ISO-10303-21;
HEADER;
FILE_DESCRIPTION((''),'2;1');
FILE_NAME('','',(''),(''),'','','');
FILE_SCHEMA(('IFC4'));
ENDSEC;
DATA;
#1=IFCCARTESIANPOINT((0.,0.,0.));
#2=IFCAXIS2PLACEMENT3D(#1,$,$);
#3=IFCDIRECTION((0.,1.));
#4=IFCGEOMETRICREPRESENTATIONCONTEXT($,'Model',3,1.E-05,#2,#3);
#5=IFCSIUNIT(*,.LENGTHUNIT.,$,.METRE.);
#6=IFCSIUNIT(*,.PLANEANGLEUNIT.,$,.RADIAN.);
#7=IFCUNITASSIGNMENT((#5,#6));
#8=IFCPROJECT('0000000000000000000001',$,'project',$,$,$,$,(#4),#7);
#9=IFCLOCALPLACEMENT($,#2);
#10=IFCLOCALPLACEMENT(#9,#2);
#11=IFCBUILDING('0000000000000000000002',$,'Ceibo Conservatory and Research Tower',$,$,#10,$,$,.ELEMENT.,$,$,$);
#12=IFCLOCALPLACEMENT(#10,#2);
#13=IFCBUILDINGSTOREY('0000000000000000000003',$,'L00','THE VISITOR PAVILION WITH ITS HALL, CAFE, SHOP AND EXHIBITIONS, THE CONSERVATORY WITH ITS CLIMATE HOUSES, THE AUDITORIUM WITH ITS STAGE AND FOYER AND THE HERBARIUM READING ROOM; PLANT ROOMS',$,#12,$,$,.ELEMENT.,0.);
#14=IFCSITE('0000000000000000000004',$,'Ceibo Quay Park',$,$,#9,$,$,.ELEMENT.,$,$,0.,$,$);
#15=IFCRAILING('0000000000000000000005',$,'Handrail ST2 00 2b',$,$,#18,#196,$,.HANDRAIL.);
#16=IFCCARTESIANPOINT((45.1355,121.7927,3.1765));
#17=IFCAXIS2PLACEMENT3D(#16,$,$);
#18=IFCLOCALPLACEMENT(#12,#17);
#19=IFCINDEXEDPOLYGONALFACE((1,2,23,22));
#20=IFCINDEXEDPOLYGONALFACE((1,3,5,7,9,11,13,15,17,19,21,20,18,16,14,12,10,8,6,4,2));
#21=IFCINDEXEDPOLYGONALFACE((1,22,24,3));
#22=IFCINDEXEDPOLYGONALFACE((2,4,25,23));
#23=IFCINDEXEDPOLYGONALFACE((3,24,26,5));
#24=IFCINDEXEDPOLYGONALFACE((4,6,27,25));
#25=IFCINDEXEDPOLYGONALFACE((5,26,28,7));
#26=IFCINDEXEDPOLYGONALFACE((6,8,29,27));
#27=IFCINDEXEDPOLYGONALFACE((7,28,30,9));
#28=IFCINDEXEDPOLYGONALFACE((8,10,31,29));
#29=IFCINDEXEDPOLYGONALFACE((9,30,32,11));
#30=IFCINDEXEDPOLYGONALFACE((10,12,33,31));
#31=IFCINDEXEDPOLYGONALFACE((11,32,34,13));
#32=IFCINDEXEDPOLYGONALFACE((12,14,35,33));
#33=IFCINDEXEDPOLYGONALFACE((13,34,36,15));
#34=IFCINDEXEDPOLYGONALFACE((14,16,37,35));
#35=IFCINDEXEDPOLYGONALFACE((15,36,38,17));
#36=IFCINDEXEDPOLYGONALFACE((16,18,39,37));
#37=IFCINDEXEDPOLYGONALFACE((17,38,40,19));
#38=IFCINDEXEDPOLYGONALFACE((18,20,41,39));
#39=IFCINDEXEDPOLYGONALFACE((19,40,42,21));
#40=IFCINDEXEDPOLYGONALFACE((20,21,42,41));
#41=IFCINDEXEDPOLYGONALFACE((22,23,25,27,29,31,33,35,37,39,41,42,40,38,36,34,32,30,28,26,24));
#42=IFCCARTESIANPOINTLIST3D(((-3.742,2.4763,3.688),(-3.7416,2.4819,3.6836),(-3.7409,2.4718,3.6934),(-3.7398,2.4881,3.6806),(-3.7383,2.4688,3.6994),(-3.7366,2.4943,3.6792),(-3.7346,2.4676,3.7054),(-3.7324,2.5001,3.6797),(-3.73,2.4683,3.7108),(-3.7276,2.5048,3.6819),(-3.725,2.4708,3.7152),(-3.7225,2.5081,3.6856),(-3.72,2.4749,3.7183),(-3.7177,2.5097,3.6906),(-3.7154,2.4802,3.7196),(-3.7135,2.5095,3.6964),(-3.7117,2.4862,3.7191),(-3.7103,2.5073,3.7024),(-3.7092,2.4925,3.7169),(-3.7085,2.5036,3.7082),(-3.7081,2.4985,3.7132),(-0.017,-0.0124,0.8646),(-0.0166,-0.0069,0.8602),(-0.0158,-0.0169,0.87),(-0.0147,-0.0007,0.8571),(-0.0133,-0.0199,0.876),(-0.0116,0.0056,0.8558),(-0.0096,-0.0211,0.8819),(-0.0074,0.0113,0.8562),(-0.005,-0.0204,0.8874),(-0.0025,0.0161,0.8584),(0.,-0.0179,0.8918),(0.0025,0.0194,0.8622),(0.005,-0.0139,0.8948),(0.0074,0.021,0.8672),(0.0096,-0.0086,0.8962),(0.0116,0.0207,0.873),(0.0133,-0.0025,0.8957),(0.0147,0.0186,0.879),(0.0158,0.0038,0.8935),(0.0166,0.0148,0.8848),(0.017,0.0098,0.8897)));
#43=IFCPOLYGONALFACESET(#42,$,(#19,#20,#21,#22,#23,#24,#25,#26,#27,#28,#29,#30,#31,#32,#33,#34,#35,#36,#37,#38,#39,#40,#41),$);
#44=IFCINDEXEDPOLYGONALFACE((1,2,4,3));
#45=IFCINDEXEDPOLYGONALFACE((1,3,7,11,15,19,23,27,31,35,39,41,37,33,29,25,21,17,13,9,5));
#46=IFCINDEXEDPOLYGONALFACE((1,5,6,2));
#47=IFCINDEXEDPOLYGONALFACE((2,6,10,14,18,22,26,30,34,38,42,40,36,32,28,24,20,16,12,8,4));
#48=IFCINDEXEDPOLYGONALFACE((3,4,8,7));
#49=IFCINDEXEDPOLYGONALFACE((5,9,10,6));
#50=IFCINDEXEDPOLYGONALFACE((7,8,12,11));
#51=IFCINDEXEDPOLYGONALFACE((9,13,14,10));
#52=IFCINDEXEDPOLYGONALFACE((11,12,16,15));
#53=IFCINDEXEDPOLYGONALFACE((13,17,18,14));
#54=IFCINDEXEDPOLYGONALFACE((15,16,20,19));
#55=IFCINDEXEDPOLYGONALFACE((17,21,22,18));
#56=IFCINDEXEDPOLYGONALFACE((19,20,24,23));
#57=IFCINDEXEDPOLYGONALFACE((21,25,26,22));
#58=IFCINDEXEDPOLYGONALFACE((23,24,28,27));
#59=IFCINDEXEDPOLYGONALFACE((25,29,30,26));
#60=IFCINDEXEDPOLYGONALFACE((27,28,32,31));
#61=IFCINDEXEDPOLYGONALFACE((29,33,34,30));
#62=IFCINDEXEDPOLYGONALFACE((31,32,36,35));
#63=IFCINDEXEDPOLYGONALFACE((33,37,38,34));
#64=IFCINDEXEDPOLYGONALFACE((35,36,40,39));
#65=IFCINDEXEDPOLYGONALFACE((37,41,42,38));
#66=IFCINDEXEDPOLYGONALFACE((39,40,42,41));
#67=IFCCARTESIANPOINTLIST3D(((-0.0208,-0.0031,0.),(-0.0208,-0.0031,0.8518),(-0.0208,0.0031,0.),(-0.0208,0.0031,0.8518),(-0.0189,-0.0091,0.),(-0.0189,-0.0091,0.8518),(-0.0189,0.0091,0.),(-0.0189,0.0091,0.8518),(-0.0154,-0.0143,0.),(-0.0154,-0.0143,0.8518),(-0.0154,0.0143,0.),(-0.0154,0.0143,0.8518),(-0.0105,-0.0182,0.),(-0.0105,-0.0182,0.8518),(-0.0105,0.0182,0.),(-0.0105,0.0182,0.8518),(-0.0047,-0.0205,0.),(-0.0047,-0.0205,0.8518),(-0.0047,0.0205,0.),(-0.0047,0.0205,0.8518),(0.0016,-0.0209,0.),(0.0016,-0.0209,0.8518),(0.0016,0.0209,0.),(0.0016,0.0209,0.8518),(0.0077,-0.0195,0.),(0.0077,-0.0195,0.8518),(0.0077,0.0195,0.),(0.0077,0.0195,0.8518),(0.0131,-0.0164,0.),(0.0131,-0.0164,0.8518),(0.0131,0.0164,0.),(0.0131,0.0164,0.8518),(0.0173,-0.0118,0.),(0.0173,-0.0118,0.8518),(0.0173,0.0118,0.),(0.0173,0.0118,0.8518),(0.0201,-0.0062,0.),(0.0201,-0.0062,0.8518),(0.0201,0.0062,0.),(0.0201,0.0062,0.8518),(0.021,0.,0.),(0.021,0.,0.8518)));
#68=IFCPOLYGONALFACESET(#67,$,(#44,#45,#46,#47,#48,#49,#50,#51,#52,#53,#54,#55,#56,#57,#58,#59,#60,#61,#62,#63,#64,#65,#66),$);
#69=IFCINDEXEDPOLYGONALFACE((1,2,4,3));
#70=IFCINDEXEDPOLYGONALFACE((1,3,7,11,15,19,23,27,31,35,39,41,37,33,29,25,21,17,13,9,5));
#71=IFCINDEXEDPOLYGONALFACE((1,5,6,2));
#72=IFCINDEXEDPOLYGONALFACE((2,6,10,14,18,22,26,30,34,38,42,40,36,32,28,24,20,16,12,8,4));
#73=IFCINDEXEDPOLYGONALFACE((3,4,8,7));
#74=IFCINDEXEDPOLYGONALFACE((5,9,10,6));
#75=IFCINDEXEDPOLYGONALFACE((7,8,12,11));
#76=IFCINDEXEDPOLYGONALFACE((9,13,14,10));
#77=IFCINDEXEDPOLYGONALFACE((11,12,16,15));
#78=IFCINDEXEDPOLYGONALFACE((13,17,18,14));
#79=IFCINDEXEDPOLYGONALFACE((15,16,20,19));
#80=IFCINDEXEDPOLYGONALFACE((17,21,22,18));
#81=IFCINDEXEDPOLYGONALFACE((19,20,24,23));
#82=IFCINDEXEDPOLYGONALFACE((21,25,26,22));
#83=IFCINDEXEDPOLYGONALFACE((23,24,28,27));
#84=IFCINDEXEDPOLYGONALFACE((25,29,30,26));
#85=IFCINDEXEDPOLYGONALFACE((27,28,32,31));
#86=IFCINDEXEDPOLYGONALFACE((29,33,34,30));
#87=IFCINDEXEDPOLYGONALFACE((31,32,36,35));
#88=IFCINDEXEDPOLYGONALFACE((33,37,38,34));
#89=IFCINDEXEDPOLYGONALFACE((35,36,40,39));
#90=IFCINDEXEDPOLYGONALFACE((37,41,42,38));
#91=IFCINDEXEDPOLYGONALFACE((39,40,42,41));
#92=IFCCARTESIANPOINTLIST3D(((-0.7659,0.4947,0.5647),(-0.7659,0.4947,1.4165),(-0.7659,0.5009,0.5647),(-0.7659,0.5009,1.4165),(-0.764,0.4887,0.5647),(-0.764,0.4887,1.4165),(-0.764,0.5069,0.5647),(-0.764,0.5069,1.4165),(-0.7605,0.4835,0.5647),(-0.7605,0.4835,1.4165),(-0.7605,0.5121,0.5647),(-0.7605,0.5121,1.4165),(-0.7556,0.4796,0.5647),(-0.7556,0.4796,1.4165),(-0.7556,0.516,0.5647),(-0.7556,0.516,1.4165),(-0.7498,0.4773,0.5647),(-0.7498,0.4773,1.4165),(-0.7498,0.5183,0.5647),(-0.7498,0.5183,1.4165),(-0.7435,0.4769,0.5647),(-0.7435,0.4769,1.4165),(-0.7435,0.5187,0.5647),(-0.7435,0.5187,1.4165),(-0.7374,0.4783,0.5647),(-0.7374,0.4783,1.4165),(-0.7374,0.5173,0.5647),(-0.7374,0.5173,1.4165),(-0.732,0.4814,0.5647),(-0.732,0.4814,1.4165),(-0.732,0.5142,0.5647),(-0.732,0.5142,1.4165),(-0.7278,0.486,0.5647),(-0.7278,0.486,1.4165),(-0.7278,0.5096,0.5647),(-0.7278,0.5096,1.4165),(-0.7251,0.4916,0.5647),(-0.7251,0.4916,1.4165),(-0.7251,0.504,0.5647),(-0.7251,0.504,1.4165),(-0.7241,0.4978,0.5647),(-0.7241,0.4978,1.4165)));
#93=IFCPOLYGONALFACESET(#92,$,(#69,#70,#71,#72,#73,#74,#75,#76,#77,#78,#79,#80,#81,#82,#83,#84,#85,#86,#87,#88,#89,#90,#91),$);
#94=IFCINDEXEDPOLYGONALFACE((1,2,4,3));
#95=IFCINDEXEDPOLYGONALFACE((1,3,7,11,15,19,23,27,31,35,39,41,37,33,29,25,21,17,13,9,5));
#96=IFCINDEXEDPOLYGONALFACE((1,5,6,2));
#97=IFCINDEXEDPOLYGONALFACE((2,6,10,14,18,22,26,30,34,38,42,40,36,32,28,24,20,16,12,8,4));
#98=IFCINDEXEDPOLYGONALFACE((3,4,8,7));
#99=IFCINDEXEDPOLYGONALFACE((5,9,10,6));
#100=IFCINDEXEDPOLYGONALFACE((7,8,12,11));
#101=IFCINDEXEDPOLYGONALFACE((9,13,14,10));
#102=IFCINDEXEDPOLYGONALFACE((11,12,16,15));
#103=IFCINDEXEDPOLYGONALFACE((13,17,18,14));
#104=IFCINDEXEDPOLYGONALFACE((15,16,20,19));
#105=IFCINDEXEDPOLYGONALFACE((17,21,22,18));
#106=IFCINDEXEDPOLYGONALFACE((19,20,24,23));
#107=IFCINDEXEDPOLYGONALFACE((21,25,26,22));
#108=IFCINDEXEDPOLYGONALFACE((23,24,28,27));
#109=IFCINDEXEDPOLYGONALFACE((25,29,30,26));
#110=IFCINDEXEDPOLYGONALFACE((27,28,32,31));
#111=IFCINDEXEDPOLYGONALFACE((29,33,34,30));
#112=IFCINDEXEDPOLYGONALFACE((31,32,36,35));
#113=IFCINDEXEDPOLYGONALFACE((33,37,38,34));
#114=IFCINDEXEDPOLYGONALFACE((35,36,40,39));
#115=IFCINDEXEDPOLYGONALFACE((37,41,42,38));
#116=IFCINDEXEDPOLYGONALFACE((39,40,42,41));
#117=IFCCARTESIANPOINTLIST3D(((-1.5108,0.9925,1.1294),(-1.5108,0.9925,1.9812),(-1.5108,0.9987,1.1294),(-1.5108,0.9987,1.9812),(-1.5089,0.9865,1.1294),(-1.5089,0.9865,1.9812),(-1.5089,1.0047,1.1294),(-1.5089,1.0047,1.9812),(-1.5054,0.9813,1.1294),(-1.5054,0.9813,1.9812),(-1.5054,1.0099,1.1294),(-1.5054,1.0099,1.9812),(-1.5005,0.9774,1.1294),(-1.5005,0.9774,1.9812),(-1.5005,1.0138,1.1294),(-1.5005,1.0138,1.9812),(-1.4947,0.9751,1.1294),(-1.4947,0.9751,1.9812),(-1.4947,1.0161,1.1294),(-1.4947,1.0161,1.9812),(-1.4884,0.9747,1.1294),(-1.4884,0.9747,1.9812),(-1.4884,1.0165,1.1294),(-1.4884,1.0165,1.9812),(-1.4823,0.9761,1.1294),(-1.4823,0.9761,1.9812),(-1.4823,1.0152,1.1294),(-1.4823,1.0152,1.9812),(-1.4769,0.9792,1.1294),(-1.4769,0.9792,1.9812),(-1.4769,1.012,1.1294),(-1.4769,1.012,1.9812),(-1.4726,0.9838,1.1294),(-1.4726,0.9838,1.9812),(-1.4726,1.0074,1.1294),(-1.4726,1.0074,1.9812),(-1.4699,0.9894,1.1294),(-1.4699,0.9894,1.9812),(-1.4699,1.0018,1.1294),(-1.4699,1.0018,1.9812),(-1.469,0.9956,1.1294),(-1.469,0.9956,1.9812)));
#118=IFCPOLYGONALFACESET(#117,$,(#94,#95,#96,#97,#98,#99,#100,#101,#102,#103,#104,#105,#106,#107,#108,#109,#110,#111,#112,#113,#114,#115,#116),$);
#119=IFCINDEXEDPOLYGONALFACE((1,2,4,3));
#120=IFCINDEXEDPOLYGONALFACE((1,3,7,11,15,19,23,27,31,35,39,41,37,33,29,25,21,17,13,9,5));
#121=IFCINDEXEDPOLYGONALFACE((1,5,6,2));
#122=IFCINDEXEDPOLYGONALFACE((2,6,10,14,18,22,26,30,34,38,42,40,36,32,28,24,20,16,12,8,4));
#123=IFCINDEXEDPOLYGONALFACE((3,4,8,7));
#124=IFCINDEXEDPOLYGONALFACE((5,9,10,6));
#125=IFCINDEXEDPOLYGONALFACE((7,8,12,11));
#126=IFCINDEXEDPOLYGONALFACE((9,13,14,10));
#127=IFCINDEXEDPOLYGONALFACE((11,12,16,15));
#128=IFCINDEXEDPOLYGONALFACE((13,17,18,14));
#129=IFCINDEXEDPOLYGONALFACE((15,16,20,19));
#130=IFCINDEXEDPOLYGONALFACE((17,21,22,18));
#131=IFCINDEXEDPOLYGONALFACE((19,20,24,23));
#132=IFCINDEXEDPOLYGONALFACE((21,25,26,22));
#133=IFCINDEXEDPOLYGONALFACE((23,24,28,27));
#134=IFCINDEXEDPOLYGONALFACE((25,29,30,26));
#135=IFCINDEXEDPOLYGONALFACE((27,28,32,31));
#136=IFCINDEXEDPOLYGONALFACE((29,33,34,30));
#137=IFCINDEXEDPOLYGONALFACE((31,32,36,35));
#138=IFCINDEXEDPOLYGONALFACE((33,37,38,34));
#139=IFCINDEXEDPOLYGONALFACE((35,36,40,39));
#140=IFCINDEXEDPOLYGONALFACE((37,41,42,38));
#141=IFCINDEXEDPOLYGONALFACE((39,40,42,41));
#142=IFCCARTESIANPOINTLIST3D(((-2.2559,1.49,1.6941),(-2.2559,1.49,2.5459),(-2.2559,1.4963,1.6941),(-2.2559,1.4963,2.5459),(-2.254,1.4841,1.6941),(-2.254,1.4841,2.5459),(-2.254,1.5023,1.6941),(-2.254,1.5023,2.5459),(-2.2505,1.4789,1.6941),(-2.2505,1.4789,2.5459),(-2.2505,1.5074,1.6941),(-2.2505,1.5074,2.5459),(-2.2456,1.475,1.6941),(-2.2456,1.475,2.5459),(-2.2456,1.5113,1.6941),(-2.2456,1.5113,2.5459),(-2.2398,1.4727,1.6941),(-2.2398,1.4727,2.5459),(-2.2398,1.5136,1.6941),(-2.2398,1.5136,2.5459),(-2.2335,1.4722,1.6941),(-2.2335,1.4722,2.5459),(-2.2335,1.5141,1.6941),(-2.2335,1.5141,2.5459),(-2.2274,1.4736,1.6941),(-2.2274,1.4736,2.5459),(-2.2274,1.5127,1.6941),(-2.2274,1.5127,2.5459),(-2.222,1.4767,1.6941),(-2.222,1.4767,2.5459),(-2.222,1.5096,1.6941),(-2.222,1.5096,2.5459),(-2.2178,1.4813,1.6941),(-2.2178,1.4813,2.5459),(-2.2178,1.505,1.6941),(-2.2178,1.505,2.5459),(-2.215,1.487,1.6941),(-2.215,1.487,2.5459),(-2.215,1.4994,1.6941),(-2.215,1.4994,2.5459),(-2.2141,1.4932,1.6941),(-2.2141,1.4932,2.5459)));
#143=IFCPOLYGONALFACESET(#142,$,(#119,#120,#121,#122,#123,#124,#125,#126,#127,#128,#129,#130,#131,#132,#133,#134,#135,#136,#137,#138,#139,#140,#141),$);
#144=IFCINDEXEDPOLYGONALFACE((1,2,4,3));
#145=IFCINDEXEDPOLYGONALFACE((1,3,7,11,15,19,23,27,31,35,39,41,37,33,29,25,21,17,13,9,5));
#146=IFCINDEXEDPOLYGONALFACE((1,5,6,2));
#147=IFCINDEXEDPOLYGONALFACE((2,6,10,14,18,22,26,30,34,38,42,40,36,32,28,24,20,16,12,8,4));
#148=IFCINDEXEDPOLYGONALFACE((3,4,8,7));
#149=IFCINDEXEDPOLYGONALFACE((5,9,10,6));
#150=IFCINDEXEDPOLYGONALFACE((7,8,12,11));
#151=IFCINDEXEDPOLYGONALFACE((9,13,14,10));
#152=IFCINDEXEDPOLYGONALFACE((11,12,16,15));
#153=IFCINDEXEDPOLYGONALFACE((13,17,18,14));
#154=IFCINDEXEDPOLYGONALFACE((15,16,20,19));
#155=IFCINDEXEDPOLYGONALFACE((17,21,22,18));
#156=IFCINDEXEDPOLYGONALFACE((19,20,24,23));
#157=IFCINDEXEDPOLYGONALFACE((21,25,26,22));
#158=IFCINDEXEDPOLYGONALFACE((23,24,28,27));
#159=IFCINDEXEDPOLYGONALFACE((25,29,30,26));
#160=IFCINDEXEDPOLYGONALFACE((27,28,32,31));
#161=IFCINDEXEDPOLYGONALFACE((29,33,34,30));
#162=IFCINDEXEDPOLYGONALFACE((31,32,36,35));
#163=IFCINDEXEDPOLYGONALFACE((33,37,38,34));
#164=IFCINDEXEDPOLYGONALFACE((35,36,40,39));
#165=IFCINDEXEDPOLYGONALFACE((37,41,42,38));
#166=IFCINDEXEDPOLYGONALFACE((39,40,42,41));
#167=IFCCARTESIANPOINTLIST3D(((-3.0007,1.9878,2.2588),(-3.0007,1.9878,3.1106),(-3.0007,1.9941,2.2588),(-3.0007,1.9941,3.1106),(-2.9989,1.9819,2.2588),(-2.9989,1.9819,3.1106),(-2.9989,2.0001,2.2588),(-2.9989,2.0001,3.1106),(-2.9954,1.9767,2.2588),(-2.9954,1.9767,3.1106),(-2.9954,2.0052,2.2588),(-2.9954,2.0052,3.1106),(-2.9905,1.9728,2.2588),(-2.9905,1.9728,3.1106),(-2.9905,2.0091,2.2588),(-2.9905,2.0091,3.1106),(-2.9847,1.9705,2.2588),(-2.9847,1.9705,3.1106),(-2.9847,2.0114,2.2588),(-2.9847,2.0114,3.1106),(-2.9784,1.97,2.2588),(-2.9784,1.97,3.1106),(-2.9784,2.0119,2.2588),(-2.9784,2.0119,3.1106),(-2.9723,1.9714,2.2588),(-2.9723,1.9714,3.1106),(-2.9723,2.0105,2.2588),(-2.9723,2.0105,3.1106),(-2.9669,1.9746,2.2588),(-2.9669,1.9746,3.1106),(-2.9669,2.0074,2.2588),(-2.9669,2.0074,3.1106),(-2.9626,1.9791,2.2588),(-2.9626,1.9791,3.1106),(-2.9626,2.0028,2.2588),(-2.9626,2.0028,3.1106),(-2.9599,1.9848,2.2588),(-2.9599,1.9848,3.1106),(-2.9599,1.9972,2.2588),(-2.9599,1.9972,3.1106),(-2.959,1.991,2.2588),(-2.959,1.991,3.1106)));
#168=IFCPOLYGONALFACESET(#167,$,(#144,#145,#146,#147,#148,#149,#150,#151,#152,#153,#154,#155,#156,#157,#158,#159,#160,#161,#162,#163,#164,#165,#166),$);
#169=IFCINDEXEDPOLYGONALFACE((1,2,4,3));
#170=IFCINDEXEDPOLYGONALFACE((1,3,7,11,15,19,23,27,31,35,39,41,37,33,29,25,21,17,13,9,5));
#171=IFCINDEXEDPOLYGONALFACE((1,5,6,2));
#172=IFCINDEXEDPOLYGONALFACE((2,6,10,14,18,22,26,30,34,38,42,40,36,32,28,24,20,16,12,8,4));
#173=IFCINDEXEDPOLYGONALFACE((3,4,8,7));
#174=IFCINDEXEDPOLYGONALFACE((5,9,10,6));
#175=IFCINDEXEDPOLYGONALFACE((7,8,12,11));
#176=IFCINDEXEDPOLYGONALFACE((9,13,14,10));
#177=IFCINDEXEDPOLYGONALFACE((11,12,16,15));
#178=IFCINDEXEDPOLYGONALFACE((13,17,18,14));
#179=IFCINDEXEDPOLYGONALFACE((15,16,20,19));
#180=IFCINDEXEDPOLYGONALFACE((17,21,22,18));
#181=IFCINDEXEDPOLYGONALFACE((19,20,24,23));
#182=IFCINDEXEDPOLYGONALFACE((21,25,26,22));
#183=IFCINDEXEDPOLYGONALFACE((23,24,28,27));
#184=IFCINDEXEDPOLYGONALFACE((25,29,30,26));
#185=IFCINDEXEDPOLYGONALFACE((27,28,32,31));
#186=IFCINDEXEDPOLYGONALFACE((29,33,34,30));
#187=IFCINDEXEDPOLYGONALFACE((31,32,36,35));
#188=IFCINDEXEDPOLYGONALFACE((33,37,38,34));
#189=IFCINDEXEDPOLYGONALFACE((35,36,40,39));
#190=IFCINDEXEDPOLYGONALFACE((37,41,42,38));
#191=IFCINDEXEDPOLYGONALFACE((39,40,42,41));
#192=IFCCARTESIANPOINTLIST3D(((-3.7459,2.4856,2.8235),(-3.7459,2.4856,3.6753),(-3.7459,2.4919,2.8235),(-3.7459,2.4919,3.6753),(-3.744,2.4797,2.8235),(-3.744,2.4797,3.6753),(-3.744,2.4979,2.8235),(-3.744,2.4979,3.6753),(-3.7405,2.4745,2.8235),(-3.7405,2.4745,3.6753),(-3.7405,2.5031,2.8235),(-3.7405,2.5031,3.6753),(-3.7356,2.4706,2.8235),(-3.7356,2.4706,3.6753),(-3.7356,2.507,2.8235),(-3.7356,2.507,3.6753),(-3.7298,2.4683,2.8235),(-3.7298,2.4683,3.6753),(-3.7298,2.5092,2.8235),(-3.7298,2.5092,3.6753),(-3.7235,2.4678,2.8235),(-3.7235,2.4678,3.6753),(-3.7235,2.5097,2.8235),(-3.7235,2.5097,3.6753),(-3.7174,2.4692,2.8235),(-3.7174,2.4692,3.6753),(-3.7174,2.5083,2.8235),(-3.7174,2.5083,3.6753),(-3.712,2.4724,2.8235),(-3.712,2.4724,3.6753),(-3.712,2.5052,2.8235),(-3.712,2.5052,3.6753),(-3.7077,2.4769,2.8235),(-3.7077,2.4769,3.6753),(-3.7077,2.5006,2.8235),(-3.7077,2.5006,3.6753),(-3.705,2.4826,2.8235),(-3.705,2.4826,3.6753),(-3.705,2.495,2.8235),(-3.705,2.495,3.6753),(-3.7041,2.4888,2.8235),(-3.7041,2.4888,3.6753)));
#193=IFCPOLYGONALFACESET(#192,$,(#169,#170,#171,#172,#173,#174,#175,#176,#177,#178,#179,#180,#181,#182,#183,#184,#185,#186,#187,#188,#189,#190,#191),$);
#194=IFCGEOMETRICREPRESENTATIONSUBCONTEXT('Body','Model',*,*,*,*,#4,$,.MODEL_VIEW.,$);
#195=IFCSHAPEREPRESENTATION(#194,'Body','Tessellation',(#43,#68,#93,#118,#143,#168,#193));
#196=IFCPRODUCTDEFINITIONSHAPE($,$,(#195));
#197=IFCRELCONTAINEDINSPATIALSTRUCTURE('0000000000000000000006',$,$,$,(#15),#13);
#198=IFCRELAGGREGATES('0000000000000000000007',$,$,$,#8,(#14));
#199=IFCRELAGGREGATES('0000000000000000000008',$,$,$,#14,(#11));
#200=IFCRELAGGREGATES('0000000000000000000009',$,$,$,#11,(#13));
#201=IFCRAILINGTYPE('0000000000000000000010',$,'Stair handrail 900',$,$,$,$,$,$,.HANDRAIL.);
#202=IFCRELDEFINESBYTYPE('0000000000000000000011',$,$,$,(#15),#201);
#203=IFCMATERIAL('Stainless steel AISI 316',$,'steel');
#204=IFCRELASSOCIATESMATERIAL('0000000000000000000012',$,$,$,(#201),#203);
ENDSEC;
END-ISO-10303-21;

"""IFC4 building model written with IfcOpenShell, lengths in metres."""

from ifc_helpers import new_model, si_unit, direction, frame, origin, origin_2d, place, context, subcontext, project, spatial, circle, extrude, material, type_object, element, save


model = new_model("IFC4")

# Units and contexts
model_context = context("Model", 3, precision=1e-05, world=origin(), true_north=direction((0.0, 1.0)))
body_context = subcontext(model_context, "Body", "Model", "MODEL_VIEW")
ifc_project = project(units=[si_unit("LENGTHUNIT", "METRE"), si_unit("PLANEANGLEUNIT", "RADIAN")], contexts=[model_context])

# Site, building, storey
site_placement = place(None, origin())
site = spatial("IfcSite", under=ifc_project, at=site_placement, Name="Ceibo Quay Park", CompositionType="ELEMENT", RefElevation=0.0)
building_placement = place(site_placement, origin())
building = spatial("IfcBuilding", under=site, at=building_placement, Name="Ceibo Conservatory and Research Tower", CompositionType="ELEMENT")
storey_placement = place(building_placement, origin())
storey = spatial("IfcBuildingStorey", under=building, at=storey_placement, Name="L00", Description="THE VISITOR PAVILION WITH ITS HALL, CAFE, SHOP AND EXHIBITIONS, THE CONSERVATORY WITH ITS CLIMATE HOUSES, THE AUDITORIUM WITH ITS STAGE AND FOYER AND THE HERBARIUM READING ROOM; PLANT ROOMS", CompositionType="ELEMENT", Elevation=0.0)

# Shared definitions
ifc_material_1 = material(Name="Stainless steel AISI 316", Category="steel")

# Railing
railing_type = type_object("IfcRailingType", Name="Stair handrail 900", PredefinedType="HANDRAIL", material=ifc_material_1)
railing_1_placement = place(storey_placement, frame((45.1355, 121.7927, 3.1765)))
element("IfcRailing", 1, at=railing_1_placement, inside=storey, type_object=railing_type, Name="Handrail ST2 00 2b", PredefinedType="HANDRAIL", context=body_context, shape_type="SweptSolid", body=[
    extrude(circle(Radius=0.0239, at=origin_2d()), frame((0.0, 0.0, 0.876), z_axis=(-0.703445, 0.469978, 0.533185), x_axis=(-0.55553, -0.831497, 0.0)), (0.0, 0.0, 1.0), 5.2954),
    extrude(circle(Radius=0.021, at=origin_2d()), origin(), (0.0, 0.0, 1.0), 0.8518),
    extrude(circle(Radius=0.021, at=origin_2d()), frame((-0.7451, 0.4978, 0.5647)), (0.0, 0.0, 1.0), 0.8518),
    extrude(circle(Radius=0.021, at=origin_2d()), frame((-1.49, 0.9956, 1.1294)), (0.0, 0.0, 1.0), 0.8518),
    extrude(circle(Radius=0.021, at=origin_2d()), frame((-2.2351, 1.4932, 1.6941)), (0.0, 0.0, 1.0), 0.8518),
    extrude(circle(Radius=0.021, at=origin_2d()), frame((-2.98, 1.991, 2.2588)), (0.0, 0.0, 1.0), 0.8518),
    extrude(circle(Radius=0.021, at=origin_2d()), frame((-3.7251, 2.4888, 2.8235)), (0.0, 0.0, 1.0), 0.8518),
])

save(model, "model.ifc")
